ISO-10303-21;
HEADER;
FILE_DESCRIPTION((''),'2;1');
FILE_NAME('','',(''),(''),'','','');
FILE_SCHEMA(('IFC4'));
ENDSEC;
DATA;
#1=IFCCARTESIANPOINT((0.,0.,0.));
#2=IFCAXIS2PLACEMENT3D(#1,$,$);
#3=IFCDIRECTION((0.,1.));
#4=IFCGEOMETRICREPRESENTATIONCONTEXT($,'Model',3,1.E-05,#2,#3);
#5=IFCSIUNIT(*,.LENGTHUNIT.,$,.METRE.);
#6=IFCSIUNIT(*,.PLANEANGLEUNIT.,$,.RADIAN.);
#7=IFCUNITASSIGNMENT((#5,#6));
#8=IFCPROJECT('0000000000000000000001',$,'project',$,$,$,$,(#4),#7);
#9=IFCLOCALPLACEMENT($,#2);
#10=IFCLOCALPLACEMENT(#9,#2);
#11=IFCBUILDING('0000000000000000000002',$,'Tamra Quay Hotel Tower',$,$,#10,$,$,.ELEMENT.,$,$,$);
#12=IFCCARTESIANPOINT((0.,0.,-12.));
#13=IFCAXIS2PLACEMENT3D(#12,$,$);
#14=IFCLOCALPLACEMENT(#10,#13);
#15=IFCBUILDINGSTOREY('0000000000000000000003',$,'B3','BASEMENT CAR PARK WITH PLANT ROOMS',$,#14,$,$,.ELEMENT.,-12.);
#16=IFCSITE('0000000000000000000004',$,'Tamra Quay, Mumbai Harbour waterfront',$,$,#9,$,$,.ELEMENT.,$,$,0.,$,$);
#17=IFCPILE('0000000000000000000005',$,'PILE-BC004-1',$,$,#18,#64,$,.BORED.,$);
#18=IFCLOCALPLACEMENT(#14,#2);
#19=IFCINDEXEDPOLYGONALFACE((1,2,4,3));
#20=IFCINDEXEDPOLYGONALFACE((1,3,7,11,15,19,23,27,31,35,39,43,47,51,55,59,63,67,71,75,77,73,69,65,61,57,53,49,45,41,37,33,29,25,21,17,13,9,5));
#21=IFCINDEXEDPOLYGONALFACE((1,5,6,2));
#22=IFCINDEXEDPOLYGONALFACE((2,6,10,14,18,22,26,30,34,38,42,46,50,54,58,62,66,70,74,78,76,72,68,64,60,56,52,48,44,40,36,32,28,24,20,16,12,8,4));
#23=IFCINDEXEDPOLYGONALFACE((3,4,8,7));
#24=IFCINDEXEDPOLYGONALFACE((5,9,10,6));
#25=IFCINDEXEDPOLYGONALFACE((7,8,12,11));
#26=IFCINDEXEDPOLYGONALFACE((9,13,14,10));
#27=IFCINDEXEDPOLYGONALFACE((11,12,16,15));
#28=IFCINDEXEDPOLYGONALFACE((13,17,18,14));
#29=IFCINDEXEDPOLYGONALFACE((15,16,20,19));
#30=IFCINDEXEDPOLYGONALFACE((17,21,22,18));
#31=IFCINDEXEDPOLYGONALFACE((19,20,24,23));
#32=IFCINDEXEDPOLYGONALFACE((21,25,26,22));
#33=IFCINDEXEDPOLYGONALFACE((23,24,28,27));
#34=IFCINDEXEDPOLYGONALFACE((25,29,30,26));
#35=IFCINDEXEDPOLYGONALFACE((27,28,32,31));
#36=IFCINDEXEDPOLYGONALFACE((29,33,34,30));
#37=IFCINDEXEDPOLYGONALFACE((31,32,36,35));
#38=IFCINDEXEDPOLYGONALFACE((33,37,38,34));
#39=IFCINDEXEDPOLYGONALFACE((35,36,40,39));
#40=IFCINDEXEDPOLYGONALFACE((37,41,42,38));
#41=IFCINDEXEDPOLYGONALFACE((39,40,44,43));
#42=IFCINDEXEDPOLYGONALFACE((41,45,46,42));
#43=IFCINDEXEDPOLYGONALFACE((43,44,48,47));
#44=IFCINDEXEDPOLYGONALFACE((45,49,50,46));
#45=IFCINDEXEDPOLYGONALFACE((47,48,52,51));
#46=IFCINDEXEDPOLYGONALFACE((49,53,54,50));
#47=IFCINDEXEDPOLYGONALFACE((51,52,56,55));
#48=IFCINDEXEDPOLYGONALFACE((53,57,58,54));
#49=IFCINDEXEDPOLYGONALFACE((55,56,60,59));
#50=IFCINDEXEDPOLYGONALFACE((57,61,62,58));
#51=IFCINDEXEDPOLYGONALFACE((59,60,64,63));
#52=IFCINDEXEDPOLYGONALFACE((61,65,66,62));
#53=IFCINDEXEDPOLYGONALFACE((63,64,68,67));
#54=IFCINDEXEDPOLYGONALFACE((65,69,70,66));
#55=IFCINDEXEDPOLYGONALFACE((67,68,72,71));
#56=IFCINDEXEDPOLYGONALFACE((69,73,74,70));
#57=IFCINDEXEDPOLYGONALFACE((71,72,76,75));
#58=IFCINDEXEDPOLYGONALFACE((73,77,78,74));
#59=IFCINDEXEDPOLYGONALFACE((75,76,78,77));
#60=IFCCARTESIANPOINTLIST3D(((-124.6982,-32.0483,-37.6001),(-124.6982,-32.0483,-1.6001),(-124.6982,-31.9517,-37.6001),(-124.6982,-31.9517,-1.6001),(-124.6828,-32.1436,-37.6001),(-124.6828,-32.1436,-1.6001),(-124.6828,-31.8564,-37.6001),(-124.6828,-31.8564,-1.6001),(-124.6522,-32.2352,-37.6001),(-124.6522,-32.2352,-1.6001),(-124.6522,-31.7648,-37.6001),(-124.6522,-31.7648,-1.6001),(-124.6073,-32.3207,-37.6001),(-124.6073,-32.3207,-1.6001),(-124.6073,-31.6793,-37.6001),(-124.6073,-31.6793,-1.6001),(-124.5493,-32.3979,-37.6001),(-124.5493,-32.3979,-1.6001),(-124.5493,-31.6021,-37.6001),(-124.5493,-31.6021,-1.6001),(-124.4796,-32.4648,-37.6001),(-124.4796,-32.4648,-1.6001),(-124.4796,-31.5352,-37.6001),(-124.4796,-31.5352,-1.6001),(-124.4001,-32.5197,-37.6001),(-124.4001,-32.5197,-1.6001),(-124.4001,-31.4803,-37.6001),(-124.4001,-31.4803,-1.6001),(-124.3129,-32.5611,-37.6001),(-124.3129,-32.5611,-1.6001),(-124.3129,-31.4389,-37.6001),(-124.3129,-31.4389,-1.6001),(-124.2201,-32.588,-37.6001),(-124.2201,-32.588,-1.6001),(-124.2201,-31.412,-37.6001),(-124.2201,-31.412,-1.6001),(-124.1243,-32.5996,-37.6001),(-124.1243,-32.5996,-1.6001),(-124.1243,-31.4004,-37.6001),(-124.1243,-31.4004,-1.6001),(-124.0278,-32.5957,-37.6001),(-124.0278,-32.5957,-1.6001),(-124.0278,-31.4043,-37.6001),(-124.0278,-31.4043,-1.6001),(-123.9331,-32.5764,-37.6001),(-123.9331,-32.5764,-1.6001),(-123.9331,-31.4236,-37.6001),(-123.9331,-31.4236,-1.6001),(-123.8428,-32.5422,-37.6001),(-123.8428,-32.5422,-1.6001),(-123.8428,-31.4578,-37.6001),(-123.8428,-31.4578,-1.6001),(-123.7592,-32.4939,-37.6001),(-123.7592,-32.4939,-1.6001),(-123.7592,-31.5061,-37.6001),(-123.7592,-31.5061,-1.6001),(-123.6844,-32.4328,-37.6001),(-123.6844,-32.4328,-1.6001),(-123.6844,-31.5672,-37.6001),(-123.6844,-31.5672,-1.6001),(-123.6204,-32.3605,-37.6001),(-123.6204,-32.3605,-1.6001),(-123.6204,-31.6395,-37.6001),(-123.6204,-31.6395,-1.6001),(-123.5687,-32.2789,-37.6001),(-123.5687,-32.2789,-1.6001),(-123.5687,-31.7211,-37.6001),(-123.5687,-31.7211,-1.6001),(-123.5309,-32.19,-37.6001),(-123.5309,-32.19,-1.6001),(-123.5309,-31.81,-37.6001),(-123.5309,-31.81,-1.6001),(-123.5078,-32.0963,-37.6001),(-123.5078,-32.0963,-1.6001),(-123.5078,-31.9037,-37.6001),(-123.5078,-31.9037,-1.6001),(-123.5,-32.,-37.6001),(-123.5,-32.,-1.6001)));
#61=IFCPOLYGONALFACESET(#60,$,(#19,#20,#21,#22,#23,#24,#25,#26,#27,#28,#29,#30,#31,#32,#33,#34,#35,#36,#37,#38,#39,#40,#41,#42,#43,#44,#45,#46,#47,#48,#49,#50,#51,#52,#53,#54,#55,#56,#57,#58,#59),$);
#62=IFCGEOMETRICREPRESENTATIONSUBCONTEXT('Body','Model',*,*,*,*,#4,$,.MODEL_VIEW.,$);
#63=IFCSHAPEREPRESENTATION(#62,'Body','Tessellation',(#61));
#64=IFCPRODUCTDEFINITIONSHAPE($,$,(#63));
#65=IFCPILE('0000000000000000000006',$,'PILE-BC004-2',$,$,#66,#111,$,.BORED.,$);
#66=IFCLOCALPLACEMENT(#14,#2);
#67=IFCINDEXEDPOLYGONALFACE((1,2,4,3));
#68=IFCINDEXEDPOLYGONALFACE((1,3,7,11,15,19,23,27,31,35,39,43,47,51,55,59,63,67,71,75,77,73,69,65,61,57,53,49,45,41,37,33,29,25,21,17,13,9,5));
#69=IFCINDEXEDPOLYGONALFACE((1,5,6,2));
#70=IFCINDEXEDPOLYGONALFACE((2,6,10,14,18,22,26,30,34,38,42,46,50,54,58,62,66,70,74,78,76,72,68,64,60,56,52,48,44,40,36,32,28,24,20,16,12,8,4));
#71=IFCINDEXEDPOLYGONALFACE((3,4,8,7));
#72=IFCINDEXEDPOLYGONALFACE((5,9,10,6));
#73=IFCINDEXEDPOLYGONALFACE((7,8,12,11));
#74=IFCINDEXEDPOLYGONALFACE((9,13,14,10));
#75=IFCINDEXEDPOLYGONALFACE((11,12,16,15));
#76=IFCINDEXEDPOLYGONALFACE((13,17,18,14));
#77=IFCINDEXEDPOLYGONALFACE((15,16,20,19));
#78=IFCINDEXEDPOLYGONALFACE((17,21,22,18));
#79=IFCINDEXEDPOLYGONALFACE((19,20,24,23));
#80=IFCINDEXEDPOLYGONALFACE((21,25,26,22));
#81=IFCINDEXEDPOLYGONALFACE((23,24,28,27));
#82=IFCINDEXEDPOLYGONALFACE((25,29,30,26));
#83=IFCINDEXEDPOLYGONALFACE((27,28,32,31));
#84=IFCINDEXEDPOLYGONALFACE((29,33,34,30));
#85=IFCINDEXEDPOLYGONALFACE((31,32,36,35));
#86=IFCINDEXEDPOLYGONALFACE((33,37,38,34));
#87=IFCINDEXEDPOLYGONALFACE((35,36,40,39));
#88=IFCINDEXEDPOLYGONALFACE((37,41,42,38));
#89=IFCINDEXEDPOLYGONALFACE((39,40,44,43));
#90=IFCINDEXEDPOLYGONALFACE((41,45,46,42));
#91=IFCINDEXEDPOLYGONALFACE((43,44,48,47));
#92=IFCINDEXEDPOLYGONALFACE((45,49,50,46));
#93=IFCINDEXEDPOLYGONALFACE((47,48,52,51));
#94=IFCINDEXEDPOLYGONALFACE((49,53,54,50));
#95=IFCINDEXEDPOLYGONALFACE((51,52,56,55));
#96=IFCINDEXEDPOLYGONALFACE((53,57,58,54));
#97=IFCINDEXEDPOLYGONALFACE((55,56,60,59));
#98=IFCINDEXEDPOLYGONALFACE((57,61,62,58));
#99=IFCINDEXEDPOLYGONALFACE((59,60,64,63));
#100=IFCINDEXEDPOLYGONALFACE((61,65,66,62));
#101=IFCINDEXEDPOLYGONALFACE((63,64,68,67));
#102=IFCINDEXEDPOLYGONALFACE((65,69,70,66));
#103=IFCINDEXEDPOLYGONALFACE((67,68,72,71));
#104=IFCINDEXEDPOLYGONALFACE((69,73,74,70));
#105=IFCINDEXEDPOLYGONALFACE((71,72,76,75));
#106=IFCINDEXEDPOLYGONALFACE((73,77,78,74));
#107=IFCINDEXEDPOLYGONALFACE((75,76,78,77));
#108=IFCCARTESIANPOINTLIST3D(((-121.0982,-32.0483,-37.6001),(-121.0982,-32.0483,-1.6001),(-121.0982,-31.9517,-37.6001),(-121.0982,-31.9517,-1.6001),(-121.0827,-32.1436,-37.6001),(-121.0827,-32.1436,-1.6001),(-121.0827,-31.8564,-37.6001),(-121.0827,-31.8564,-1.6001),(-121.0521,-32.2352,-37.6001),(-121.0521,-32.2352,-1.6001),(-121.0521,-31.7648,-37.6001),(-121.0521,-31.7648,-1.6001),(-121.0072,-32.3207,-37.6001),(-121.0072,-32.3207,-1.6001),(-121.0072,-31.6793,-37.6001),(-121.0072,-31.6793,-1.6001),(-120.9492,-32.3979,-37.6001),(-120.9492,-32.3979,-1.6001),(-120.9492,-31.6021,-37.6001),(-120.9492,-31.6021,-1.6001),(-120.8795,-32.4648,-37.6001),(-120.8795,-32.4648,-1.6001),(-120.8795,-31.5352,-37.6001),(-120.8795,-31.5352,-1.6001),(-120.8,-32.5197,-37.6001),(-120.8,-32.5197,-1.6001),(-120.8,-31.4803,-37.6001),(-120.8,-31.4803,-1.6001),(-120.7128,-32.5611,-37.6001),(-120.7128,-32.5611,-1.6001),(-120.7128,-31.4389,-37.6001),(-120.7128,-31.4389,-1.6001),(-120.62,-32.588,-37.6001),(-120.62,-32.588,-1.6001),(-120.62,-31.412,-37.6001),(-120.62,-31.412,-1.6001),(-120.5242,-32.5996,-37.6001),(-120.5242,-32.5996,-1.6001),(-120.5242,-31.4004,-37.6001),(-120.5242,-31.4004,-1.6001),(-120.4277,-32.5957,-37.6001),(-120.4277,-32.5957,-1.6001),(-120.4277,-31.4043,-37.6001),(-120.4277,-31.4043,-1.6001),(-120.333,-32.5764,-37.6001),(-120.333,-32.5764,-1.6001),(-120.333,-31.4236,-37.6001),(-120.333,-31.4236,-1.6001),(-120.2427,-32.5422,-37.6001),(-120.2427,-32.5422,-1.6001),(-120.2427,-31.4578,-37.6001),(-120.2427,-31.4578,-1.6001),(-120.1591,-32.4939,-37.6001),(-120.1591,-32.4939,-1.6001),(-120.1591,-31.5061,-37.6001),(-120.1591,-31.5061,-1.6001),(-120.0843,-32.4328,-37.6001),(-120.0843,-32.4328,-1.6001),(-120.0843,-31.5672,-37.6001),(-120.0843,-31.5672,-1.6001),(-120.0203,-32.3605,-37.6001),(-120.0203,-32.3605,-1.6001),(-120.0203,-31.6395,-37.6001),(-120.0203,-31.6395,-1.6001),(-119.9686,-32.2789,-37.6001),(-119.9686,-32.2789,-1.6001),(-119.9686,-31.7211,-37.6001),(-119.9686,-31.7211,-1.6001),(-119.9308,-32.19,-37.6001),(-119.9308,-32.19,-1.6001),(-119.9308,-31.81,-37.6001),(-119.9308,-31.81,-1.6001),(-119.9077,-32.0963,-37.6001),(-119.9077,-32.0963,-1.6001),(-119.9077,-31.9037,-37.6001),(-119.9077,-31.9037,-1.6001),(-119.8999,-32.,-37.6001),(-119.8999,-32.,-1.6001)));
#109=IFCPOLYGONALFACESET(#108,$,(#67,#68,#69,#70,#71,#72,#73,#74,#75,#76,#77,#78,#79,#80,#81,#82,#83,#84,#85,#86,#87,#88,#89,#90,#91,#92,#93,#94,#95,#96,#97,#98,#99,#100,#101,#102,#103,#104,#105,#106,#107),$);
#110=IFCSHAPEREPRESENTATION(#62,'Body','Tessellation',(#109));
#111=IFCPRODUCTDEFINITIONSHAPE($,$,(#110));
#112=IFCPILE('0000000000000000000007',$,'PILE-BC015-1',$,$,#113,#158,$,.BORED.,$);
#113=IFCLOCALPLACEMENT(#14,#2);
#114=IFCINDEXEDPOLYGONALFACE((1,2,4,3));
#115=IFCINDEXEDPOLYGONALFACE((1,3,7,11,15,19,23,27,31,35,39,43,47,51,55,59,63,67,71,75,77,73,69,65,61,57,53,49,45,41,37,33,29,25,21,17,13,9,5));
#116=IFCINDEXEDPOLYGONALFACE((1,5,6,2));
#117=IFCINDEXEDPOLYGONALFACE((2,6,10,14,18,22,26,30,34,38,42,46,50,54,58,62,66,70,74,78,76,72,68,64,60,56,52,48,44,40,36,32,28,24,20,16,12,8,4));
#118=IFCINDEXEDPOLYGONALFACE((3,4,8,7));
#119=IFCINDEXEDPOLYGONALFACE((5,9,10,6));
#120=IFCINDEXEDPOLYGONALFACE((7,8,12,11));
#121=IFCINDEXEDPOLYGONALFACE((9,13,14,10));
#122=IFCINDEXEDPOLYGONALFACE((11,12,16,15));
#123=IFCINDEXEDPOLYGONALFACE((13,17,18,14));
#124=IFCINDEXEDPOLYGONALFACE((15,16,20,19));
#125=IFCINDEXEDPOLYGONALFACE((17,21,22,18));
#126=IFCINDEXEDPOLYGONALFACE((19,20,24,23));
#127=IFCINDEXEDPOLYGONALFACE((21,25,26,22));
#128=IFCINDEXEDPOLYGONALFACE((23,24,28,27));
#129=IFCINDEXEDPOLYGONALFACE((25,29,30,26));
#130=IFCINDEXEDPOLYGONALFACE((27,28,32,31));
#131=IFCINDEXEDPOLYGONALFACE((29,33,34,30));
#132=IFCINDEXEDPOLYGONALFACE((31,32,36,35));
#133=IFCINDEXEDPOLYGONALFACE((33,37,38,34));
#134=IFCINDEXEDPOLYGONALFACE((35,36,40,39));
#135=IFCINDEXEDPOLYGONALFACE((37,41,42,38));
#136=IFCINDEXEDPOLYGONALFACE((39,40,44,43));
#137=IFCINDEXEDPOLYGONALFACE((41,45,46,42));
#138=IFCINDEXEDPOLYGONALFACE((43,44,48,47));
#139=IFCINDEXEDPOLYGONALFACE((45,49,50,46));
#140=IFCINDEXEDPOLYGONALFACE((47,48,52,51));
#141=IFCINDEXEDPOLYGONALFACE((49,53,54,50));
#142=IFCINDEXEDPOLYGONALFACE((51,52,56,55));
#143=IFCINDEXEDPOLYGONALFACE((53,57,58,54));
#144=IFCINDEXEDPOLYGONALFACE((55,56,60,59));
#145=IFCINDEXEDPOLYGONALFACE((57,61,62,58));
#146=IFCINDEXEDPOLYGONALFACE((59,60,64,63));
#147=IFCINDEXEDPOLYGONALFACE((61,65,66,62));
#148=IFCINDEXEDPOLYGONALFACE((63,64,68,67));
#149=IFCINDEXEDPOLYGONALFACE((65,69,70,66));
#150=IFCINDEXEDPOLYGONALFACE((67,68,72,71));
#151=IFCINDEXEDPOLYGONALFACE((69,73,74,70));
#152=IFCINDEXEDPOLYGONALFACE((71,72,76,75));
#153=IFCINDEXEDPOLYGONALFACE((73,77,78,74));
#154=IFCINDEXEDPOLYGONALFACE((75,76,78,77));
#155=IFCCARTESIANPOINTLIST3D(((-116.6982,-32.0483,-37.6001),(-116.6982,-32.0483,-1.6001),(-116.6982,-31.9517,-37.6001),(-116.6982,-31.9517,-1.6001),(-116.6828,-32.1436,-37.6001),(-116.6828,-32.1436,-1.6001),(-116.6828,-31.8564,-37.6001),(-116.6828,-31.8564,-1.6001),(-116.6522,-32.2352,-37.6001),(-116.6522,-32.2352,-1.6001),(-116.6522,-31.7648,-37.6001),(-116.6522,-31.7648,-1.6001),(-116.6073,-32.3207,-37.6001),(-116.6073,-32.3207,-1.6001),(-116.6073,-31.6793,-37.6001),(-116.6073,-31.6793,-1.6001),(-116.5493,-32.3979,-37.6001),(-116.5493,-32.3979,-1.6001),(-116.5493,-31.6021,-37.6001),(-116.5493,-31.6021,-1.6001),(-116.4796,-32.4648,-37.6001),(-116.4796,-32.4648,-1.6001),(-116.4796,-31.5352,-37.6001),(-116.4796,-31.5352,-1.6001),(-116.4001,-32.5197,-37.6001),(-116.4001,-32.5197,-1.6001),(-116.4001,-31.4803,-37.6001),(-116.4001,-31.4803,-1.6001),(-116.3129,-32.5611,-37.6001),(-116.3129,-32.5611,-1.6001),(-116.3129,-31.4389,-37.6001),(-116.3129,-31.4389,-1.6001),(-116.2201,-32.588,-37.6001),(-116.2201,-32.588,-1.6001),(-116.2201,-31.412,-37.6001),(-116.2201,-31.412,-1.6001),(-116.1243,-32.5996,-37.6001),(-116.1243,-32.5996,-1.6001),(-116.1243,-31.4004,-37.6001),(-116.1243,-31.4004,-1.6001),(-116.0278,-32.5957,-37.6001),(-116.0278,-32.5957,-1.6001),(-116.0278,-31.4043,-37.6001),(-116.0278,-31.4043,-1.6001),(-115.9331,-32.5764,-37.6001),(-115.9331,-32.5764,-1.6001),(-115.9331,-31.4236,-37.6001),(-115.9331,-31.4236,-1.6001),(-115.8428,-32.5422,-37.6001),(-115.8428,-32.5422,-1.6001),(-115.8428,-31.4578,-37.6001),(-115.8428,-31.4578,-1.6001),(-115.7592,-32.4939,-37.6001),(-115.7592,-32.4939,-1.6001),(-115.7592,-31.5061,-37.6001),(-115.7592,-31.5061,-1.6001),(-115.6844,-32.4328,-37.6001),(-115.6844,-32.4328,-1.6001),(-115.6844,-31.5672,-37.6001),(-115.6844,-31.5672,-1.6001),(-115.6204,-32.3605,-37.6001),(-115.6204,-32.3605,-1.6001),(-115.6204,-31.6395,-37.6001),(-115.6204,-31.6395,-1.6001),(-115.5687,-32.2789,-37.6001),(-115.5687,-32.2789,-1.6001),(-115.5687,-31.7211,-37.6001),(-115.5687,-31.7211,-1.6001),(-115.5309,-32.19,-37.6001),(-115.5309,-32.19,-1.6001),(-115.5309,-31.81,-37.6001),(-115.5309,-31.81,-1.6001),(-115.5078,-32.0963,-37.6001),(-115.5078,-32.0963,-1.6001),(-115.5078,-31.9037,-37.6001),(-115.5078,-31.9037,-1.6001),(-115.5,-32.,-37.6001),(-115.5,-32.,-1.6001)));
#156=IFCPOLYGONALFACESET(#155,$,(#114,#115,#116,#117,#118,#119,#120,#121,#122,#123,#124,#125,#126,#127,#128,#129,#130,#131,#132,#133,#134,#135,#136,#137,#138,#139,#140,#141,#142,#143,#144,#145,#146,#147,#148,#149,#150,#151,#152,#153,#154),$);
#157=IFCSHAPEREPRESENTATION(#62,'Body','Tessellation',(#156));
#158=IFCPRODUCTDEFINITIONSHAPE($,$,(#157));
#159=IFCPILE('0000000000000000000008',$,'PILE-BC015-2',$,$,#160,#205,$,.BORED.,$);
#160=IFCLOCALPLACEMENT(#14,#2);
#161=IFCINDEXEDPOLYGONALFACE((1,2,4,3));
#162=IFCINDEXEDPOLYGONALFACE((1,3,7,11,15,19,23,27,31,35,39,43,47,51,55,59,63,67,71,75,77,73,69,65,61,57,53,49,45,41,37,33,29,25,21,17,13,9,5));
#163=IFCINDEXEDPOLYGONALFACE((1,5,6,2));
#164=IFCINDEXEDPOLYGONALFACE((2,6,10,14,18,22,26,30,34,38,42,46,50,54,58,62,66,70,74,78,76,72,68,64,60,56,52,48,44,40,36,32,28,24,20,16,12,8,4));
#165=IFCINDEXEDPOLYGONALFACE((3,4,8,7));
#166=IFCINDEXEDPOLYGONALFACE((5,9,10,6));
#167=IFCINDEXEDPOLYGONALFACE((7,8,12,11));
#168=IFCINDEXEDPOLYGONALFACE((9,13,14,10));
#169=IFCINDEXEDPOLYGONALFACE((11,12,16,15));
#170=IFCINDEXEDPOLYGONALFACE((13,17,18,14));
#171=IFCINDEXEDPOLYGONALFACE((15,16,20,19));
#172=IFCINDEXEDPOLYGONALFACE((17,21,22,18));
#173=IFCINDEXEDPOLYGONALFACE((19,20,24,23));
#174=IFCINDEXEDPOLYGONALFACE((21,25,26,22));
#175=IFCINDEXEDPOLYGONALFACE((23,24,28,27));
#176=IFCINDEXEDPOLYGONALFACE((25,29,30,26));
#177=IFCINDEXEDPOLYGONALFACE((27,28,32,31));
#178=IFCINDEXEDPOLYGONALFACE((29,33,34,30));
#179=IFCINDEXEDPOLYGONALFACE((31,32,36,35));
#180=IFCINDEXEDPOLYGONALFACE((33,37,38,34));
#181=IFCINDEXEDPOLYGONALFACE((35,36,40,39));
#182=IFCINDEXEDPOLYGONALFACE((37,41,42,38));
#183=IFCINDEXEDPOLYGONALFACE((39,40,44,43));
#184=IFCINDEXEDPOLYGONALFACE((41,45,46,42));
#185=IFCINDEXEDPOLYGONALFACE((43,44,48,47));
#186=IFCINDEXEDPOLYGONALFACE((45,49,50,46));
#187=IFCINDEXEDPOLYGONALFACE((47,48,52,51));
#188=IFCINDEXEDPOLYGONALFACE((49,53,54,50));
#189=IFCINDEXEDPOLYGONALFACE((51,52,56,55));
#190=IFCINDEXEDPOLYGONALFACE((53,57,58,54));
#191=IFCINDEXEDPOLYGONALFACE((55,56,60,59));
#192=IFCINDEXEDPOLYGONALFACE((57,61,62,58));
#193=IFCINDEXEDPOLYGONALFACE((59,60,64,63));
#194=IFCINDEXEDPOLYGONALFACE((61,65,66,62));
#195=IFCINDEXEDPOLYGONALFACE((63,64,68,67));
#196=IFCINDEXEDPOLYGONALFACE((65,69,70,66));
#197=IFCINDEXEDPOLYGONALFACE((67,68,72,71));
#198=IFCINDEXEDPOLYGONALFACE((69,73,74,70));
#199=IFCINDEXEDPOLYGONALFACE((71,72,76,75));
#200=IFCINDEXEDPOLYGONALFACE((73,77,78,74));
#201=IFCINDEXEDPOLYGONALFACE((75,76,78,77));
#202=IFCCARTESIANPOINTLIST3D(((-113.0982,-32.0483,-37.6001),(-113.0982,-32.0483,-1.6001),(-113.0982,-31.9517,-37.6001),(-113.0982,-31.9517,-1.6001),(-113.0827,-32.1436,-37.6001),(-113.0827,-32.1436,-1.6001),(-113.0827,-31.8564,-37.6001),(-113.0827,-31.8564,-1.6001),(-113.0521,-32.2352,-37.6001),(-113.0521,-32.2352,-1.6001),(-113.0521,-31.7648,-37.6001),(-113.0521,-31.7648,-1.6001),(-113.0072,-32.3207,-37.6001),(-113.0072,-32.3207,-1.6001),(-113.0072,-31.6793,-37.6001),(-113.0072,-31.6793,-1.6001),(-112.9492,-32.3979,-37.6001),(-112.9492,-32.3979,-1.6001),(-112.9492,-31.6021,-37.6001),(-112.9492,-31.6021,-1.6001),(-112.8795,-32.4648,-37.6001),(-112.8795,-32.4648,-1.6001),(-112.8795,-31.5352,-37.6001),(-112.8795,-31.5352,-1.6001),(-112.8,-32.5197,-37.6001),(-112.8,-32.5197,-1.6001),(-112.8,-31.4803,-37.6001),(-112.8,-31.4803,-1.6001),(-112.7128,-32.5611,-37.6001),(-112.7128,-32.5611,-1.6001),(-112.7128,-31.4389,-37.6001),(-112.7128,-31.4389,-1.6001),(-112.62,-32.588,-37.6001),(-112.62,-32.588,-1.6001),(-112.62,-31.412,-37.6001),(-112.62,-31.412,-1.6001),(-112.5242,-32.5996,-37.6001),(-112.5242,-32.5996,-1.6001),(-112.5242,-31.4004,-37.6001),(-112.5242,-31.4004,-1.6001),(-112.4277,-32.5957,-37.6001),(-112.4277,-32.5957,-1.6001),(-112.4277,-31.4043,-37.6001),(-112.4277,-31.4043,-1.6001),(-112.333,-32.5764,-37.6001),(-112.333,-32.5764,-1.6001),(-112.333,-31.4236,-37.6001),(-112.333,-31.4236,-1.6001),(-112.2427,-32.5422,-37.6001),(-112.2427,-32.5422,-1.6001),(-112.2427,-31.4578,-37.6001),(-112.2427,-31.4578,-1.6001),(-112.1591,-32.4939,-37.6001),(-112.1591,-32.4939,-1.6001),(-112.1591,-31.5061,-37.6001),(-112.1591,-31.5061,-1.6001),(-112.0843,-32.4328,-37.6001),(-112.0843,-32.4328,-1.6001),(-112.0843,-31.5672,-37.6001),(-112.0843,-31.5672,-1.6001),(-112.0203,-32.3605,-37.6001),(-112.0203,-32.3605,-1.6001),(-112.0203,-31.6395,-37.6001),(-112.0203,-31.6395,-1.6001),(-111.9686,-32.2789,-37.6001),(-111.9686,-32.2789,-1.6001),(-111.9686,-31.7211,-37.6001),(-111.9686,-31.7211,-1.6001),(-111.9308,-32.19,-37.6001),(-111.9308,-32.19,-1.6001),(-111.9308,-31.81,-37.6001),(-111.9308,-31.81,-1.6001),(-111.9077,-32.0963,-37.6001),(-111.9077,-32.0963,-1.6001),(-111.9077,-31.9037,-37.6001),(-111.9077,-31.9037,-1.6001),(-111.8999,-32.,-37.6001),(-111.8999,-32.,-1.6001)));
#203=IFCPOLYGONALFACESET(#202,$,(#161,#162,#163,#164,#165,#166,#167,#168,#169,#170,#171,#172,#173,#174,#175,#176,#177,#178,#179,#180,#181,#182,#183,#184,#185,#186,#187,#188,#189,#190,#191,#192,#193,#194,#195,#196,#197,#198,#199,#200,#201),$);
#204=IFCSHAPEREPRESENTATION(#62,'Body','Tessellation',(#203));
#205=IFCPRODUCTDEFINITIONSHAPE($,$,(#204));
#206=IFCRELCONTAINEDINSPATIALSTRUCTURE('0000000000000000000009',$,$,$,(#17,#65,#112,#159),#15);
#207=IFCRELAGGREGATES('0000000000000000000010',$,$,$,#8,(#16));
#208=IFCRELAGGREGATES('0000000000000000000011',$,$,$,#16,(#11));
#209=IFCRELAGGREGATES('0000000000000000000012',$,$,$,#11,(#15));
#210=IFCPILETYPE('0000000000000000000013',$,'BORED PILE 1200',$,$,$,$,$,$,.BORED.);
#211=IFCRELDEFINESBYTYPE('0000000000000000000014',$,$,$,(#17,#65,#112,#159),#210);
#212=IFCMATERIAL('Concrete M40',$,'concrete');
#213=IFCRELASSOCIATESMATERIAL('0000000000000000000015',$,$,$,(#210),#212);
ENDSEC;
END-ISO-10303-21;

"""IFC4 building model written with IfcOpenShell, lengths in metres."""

from ifc_helpers import new_model, si_unit, direction, frame, origin, origin_2d, place, context, subcontext, project, spatial, circle, extrude, material, material_profile, profile_set, type_object, element, save


model = new_model("IFC4")

# Units and contexts
model_context = context("Model", 3, precision=1e-05, world=origin(), true_north=direction((0.0, 1.0)))
body_context = subcontext(model_context, "Body", "Model", "MODEL_VIEW")
ifc_project = project(units=[si_unit("LENGTHUNIT", "METRE"), si_unit("PLANEANGLEUNIT", "RADIAN")], contexts=[model_context])

# Site, building, storey
site_placement = place(None, origin())
site = spatial("IfcSite", under=ifc_project, at=site_placement, Name="Tamra Quay, Mumbai Harbour waterfront", CompositionType="ELEMENT", RefElevation=0.0)
building_placement = place(site_placement, origin())
building = spatial("IfcBuilding", under=site, at=building_placement, Name="Tamra Quay Hotel Tower", CompositionType="ELEMENT")
storey_placement = place(building_placement, frame((0.0, 0.0, -12.0)))
storey = spatial("IfcBuildingStorey", under=building, at=storey_placement, Name="B3", Description="BASEMENT CAR PARK WITH PLANT ROOMS", CompositionType="ELEMENT", Elevation=-12.0)

# Piles
ifc_material_1 = material(Name="Concrete M40", Category="concrete")
ifc_material_profile_1 = material_profile(ifc_material_1, circle(Radius=0.6001, at=origin_2d()), Name="BORED PILE 1200")
ifc_profile_set_1 = profile_set([ifc_material_profile_1], Name="Concrete M40")
pile_type = type_object("IfcPileType", Name="BORED PILE 1200", PredefinedType="BORED", material=ifc_profile_set_1)
for number, where, z_axis, x_axis, name in (
    (1, (-124.1001, -32.0, -1.6001), (0.0, 0.0, -1.0), (1.0, 0.0, 0.0), "PILE-BC004-1"),
    (2, (-120.5, -32.0, -1.6001), (0.0, 0.0, -1.0), (1.0, 0.0, 0.0), "PILE-BC004-2"),
    (3, (-116.1001, -32.0, -1.6001), (0.0, 0.0, -1.0), (1.0, 0.0, 0.0), "PILE-BC015-1"),
    (4, (-112.5, -32.0, -1.6001), (0.0, 0.0, -1.0), (1.0, 0.0, 0.0), "PILE-BC015-2"),
):
    element("IfcPile", number, at=place(storey_placement, frame(where, z_axis=z_axis, x_axis=x_axis)), inside=storey, type_object=pile_type, Name=name, PredefinedType="BORED", context=body_context, shape_type="SweptSolid", body=[
        extrude(circle(Radius=0.6001, at=origin_2d()), origin(), (0.0, 0.0, 1.0), 36.0),
    ])

save(model, "model.ifc")
